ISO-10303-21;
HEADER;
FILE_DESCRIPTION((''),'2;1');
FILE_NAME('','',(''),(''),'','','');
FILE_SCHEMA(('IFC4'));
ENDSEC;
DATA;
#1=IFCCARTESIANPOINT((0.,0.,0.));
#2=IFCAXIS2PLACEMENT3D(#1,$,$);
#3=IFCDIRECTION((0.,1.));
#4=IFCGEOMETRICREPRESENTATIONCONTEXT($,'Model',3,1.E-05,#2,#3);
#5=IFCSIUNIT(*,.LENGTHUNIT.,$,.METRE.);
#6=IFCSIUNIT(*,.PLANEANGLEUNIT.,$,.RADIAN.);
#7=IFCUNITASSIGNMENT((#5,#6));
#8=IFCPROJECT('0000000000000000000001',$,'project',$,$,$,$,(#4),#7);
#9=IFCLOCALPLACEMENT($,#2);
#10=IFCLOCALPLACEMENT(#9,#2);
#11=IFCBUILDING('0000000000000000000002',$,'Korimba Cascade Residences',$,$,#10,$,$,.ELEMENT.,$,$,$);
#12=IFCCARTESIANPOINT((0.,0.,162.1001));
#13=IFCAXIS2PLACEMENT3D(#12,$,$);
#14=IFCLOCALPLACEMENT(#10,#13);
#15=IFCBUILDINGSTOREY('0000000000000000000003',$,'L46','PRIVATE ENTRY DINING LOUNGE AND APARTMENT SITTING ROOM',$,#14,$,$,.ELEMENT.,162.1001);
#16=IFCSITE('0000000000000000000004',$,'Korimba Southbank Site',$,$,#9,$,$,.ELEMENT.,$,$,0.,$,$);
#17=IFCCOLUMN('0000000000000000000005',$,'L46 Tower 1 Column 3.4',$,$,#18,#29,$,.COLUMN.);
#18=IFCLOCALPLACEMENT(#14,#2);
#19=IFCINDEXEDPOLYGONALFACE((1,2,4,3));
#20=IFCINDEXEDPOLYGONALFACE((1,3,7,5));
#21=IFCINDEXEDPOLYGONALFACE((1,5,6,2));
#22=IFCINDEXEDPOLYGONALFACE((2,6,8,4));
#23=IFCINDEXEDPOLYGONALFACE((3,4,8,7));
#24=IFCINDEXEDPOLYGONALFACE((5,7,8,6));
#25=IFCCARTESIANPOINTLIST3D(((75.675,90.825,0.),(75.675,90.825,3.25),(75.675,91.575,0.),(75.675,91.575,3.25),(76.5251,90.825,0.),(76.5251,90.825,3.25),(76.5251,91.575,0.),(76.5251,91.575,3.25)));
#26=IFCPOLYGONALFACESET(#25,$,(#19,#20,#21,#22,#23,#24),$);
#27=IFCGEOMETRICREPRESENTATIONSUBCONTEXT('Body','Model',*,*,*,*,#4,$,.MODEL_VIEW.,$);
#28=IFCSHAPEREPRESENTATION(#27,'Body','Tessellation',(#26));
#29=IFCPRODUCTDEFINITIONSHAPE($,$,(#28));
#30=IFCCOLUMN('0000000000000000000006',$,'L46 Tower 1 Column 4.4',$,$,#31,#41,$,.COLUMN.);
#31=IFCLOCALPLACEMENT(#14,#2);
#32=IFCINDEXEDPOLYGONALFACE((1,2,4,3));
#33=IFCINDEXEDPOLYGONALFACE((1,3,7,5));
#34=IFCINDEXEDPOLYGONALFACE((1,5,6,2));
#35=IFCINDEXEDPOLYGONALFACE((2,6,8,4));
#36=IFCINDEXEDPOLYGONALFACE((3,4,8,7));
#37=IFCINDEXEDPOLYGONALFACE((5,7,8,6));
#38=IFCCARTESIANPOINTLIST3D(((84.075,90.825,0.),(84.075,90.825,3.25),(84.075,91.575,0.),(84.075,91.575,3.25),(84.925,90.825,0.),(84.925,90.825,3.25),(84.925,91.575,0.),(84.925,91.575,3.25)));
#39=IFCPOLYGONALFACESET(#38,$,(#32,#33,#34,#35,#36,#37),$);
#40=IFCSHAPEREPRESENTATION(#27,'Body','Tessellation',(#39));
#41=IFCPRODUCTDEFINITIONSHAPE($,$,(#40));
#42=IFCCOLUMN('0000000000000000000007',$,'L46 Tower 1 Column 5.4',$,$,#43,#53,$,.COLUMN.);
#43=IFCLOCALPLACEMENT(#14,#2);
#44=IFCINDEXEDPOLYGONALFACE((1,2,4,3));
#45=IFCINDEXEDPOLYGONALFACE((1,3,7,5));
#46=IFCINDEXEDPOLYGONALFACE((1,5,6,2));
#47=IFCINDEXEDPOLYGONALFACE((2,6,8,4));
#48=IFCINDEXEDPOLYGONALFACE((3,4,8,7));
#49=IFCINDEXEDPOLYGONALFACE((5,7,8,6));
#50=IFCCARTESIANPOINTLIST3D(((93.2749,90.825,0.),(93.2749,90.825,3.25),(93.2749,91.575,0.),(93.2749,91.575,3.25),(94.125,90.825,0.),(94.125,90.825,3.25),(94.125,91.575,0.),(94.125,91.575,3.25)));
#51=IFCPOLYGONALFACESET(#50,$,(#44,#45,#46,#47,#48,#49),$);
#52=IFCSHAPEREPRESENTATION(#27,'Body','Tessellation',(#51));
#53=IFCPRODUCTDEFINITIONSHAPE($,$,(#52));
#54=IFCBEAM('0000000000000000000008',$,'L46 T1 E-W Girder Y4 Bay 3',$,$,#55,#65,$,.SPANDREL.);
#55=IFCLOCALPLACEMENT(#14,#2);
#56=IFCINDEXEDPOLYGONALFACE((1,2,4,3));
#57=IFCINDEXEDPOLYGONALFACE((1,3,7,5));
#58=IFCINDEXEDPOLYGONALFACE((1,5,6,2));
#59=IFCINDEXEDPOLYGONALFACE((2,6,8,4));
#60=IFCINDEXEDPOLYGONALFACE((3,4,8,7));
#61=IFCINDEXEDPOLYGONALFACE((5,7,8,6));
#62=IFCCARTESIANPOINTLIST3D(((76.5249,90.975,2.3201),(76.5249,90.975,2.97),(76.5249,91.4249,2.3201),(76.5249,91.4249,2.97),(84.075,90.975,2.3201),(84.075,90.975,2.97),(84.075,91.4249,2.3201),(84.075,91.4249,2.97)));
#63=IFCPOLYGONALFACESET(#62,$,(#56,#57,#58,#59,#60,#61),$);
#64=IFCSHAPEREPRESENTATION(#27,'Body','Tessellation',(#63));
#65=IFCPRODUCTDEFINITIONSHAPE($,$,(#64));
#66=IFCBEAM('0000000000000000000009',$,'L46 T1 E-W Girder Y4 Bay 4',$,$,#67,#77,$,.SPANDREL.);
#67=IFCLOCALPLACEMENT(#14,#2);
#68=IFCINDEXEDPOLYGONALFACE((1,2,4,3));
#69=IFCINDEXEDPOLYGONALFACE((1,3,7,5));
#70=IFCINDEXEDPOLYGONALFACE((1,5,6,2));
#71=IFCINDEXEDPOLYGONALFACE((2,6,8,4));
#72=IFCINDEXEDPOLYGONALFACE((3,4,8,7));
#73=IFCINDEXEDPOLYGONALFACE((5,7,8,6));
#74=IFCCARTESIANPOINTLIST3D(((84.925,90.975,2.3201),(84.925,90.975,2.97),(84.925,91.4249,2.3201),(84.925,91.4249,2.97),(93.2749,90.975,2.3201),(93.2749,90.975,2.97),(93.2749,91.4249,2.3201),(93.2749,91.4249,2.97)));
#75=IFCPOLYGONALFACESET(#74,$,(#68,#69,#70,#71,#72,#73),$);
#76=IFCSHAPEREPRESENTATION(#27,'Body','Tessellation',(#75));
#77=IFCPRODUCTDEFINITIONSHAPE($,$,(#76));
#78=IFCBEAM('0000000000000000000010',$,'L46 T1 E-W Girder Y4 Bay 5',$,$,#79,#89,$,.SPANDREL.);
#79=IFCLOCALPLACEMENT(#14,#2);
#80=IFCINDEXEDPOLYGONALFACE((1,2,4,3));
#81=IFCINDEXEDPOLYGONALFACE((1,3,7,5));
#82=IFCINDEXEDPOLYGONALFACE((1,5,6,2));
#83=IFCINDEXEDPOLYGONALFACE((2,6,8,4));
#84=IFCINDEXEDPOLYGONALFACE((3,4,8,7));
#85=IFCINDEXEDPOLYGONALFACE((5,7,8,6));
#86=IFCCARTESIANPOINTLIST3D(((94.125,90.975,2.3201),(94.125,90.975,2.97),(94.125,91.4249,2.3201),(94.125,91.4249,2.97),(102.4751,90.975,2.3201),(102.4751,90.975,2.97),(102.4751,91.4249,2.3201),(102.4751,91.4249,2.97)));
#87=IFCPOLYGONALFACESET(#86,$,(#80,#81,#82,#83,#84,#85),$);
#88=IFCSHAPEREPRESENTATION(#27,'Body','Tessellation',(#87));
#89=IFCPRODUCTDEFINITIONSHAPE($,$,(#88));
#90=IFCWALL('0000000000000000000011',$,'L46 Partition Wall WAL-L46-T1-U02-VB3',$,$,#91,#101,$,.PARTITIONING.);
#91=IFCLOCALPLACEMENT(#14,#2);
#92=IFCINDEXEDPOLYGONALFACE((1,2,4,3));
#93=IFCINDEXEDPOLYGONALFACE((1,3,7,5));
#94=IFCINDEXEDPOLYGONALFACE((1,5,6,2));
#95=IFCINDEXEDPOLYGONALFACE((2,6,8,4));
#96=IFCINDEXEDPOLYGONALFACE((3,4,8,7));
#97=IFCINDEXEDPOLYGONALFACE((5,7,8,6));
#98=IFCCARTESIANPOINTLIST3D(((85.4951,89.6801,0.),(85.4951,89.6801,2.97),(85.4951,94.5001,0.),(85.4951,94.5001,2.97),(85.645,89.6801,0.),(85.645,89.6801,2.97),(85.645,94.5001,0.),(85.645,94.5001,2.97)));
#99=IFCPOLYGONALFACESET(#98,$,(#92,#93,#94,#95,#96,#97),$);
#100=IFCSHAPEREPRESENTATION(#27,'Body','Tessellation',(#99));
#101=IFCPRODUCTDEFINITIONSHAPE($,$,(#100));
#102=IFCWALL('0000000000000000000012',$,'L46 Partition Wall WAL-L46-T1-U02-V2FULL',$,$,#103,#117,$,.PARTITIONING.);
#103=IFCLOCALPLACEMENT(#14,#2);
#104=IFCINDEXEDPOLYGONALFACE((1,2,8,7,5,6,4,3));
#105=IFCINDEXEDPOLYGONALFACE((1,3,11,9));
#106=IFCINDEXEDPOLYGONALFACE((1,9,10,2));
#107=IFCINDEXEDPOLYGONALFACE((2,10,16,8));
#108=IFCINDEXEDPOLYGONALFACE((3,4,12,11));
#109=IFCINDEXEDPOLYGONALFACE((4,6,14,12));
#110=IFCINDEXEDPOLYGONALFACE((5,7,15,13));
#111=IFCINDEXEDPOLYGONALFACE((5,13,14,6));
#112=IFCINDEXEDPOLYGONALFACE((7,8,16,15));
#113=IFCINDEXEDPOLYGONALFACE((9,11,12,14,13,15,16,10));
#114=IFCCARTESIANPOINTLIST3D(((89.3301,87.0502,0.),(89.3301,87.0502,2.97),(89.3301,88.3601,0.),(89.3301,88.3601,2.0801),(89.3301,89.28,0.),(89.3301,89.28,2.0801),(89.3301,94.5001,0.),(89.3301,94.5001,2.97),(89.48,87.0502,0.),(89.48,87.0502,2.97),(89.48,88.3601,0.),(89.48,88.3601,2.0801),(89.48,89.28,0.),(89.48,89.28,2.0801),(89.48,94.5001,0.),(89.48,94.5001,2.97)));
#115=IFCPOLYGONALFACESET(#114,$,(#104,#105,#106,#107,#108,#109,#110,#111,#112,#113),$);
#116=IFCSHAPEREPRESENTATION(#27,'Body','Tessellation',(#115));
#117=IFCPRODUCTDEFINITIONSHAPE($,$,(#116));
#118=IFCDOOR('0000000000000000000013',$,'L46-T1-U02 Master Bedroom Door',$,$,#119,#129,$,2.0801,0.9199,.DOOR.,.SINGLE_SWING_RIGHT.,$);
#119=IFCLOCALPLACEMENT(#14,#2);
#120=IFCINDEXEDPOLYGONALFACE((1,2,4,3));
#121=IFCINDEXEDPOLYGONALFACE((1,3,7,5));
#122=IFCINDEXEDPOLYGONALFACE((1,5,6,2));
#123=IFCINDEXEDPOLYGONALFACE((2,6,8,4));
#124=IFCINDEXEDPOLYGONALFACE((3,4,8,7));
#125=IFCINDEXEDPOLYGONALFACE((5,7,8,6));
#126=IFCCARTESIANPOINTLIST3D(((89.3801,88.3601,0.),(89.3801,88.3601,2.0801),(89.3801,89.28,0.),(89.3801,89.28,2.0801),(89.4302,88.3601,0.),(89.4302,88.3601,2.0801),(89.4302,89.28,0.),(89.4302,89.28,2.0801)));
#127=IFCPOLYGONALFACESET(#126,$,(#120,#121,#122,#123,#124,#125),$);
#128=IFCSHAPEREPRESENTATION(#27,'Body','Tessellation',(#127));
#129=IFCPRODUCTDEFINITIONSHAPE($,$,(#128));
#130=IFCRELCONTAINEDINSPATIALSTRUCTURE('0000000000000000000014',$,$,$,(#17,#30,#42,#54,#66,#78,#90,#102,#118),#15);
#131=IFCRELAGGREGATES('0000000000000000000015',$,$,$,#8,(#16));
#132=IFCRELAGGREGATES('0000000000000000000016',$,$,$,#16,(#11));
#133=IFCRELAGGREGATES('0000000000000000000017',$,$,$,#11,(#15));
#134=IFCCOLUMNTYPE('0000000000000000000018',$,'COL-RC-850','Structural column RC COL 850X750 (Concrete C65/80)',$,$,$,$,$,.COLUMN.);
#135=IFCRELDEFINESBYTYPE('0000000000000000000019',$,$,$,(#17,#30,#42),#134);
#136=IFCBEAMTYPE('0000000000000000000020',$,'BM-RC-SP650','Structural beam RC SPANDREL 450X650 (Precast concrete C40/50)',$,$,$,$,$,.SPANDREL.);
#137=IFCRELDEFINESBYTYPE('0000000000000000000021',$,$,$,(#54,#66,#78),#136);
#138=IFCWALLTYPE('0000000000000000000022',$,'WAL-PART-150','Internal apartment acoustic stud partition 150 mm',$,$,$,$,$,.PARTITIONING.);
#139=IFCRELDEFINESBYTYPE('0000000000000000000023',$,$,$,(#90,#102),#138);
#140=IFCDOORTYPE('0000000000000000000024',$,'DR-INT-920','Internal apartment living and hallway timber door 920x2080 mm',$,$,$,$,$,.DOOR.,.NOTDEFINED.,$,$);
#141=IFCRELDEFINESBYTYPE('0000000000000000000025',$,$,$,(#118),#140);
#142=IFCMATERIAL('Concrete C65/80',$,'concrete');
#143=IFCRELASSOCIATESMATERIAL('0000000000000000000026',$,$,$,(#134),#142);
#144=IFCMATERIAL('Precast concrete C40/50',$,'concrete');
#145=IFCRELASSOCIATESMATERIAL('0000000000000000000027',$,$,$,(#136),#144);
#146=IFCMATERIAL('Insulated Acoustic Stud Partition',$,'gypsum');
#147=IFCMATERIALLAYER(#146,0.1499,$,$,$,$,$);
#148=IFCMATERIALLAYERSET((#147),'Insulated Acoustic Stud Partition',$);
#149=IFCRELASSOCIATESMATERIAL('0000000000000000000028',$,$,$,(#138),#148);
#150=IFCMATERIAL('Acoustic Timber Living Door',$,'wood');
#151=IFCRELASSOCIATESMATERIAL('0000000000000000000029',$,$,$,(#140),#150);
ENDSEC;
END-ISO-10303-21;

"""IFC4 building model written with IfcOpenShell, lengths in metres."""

from ifc_helpers import new_model, si_unit, direction, frame, frame_2d, origin, origin_2d, place, context, subcontext, project, spatial, rectangle, extrude, material, layer, layer_set, material_profile, profile_set, type_object, element, fill, save


model = new_model("IFC4")

# Units and contexts
model_context = context("Model", 3, precision=1e-05, world=origin(), true_north=direction((0.0, 1.0)))
body_context = subcontext(model_context, "Body", "Model", "MODEL_VIEW")
ifc_project = project(units=[si_unit("LENGTHUNIT", "METRE"), si_unit("PLANEANGLEUNIT", "RADIAN")], contexts=[model_context])

# Site, building, storey
site_placement = place(None, origin())
site = spatial("IfcSite", under=ifc_project, at=site_placement, Name="Korimba Southbank Site", CompositionType="ELEMENT", RefElevation=0.0)
building_placement = place(site_placement, origin())
building = spatial("IfcBuilding", under=site, at=building_placement, Name="Korimba Cascade Residences", CompositionType="ELEMENT")
storey_placement = place(building_placement, frame((0.0, 0.0, 162.1001)))
storey = spatial("IfcBuildingStorey", under=building, at=storey_placement, Name="L46", Description="PRIVATE ENTRY DINING LOUNGE AND APARTMENT SITTING ROOM", CompositionType="ELEMENT", Elevation=162.1001)

# Columns
ifc_material_1 = material(Name="Concrete C65/80", Category="concrete")
ifc_material_profile_1 = material_profile(ifc_material_1, rectangle(XDim=0.8501, YDim=0.75, at=origin_2d()), Name="Concrete C65/80")
ifc_profile_set_1 = profile_set([ifc_material_profile_1], Name="Concrete C65/80")
column_type = type_object("IfcColumnType", Name="COL-RC-850", Description="Structural column RC COL 850X750 (Concrete C65/80)", PredefinedType="COLUMN", material=ifc_profile_set_1)
for number, where, z_axis, x_axis, name in (
    (1, (76.1001, 91.2, 0.0), (0.0, 0.0, 1.0), (1.0, 0.0, 0.0), "L46 Tower 1 Column 3.4"),
    (2, (84.5, 91.2, 0.0), (0.0, 0.0, 1.0), (1.0, 0.0, 0.0), "L46 Tower 1 Column 4.4"),
    (3, (93.7, 91.2, 0.0), (0.0, 0.0, 1.0), (1.0, 0.0, 0.0), "L46 Tower 1 Column 5.4"),
):
    element("IfcColumn", number, at=place(storey_placement, frame(where, z_axis=z_axis, x_axis=x_axis)), inside=storey, type_object=column_type, Name=name, PredefinedType="COLUMN", context=body_context, shape_type="SweptSolid", body=[
        extrude(rectangle(XDim=0.8501, YDim=0.75, at=origin_2d()), origin(), (0.0, 0.0, 1.0), 3.25),
    ])

# Beams
ifc_material_2 = material(Name="Precast concrete C40/50", Category="concrete")
ifc_material_profile_2 = material_profile(ifc_material_2, rectangle(XDim=0.45, YDim=0.6499, at=origin_2d()), Name="Precast concrete C40/50")
ifc_profile_set_2 = profile_set([ifc_material_profile_2], Name="Precast concrete C40/50")
beam_type = type_object("IfcBeamType", Name="BM-RC-SP650", Description="Structural beam RC SPANDREL 450X650 (Precast concrete C40/50)", PredefinedType="SPANDREL", material=ifc_profile_set_2)
beam_1_placement = place(storey_placement, frame((76.5249, 91.2, 2.645), z_axis=(1.0, 0.0, 0.0), x_axis=(0.0, 1.0, 0.0)))
element("IfcBeam", 4, at=beam_1_placement, inside=storey, type_object=beam_type, Name="L46 T1 E-W Girder Y4 Bay 3", PredefinedType="SPANDREL", context=body_context, shape_type="SweptSolid", body=[
    extrude(rectangle(XDim=0.45, YDim=0.6499, at=origin_2d()), origin(), (0.0, 0.0, 1.0), 7.55),
])
beam_2_placement = place(storey_placement, frame((84.925, 91.2, 2.645), z_axis=(1.0, 0.0, 0.0), x_axis=(0.0, 1.0, 0.0)))
element("IfcBeam", 5, at=beam_2_placement, inside=storey, type_object=beam_type, Name="L46 T1 E-W Girder Y4 Bay 4", PredefinedType="SPANDREL", context=body_context, shape_type="SweptSolid", body=[
    extrude(rectangle(XDim=0.45, YDim=0.6499, at=origin_2d()), origin(), (0.0, 0.0, 1.0), 8.3499),
])
beam_3_placement = place(storey_placement, frame((94.125, 91.2, 2.645), z_axis=(1.0, 0.0, 0.0), x_axis=(0.0, 1.0, 0.0)))
element("IfcBeam", 6, at=beam_3_placement, inside=storey, type_object=beam_type, Name="L46 T1 E-W Girder Y4 Bay 5", PredefinedType="SPANDREL", context=body_context, shape_type="SweptSolid", body=[
    extrude(rectangle(XDim=0.45, YDim=0.6499, at=origin_2d()), origin(), (0.0, 0.0, 1.0), 8.3501),
])

# Wall
ifc_material_3 = material(Name="Insulated Acoustic Stud Partition", Category="gypsum")
ifc_layer = layer(ifc_material_3, 0.1499)
ifc_layer_set = layer_set([ifc_layer], Name="Insulated Acoustic Stud Partition")
wall_type = type_object("IfcWallType", Name="WAL-PART-150", Description="Internal apartment acoustic stud partition 150 mm", PredefinedType="PARTITIONING", material=ifc_layer_set)
wall_1_placement = place(storey_placement, frame((85.5701, 89.6799, 0.0), z_axis=(0.0, 0.0, 1.0), x_axis=(0.0, 1.0, 0.0)))
element("IfcWall", 7, at=wall_1_placement, inside=storey, type_object=wall_type, Name="L46 Partition Wall WAL-L46-T1-U02-VB3", PredefinedType="PARTITIONING", context=body_context, shape_type="SweptSolid", body=[
    extrude(rectangle(XDim=4.8201, YDim=0.1499, at=frame_2d((2.4102, 0.0))), origin(), (0.0, 0.0, 1.0), 2.97),
])

# Wall, opening, door
wall_2_placement = place(storey_placement, frame((89.405, 87.05, 0.0), z_axis=(0.0, 0.0, 1.0), x_axis=(0.0, 1.0, 0.0)))
wall_2 = element("IfcWall", 8, at=wall_2_placement, inside=storey, type_object=wall_type, Name="L46 Partition Wall WAL-L46-T1-U02-V2FULL", PredefinedType="PARTITIONING", context=body_context, shape_type="SweptSolid", body=[
    extrude(rectangle(XDim=7.45, YDim=0.1499, at=frame_2d((3.7251, 0.0))), origin(), (0.0, 0.0, 1.0), 2.97),
])
opening_1_placement = place(wall_2_placement, frame((1.3101, 0.0, 0.0)))
opening_1 = element("IfcOpeningElement", 9, at=opening_1_placement, cuts=wall_2, PredefinedType="OPENING", context=body_context, shape_type="SweptSolid", body=[
    extrude(rectangle(XDim=0.9199, YDim=2.0801, at=frame_2d((0.46, 1.04))), frame((0.0, 0.085, 0.0), z_axis=(0.0, -1.0, 0.0), x_axis=(1.0, 0.0, 0.0)), (0.0, 0.0, 1.0), 0.1699),
])
ifc_material_4 = material(Name="Acoustic Timber Living Door", Category="wood")
door_type_1 = type_object("IfcDoorType", Name="DR-INT-920", Description="Internal apartment living and hallway timber door 920x2080 mm", OperationType="NOTDEFINED", PredefinedType="DOOR", material=ifc_material_4)
door_1_placement = place(opening_1_placement, origin())
door_1 = element("IfcDoor", 10, at=door_1_placement, inside=storey, type_object=door_type_1, Name="L46-T1-U02 Master Bedroom Door", OperationType="SINGLE_SWING_RIGHT", OverallHeight=2.0801, OverallWidth=0.9199, PredefinedType="DOOR", context=body_context, shape_type="SweptSolid", body=[
    extrude(rectangle(XDim=0.9199, YDim=2.0801, at=frame_2d((0.46, 1.04))), frame((0.0, 0.0249, 0.0), z_axis=(0.0, -1.0, 0.0), x_axis=(1.0, 0.0, 0.0)), (0.0, 0.0, 1.0), 0.05),
])
fill(opening_1, door_1)

save(model, "model.ifc")
